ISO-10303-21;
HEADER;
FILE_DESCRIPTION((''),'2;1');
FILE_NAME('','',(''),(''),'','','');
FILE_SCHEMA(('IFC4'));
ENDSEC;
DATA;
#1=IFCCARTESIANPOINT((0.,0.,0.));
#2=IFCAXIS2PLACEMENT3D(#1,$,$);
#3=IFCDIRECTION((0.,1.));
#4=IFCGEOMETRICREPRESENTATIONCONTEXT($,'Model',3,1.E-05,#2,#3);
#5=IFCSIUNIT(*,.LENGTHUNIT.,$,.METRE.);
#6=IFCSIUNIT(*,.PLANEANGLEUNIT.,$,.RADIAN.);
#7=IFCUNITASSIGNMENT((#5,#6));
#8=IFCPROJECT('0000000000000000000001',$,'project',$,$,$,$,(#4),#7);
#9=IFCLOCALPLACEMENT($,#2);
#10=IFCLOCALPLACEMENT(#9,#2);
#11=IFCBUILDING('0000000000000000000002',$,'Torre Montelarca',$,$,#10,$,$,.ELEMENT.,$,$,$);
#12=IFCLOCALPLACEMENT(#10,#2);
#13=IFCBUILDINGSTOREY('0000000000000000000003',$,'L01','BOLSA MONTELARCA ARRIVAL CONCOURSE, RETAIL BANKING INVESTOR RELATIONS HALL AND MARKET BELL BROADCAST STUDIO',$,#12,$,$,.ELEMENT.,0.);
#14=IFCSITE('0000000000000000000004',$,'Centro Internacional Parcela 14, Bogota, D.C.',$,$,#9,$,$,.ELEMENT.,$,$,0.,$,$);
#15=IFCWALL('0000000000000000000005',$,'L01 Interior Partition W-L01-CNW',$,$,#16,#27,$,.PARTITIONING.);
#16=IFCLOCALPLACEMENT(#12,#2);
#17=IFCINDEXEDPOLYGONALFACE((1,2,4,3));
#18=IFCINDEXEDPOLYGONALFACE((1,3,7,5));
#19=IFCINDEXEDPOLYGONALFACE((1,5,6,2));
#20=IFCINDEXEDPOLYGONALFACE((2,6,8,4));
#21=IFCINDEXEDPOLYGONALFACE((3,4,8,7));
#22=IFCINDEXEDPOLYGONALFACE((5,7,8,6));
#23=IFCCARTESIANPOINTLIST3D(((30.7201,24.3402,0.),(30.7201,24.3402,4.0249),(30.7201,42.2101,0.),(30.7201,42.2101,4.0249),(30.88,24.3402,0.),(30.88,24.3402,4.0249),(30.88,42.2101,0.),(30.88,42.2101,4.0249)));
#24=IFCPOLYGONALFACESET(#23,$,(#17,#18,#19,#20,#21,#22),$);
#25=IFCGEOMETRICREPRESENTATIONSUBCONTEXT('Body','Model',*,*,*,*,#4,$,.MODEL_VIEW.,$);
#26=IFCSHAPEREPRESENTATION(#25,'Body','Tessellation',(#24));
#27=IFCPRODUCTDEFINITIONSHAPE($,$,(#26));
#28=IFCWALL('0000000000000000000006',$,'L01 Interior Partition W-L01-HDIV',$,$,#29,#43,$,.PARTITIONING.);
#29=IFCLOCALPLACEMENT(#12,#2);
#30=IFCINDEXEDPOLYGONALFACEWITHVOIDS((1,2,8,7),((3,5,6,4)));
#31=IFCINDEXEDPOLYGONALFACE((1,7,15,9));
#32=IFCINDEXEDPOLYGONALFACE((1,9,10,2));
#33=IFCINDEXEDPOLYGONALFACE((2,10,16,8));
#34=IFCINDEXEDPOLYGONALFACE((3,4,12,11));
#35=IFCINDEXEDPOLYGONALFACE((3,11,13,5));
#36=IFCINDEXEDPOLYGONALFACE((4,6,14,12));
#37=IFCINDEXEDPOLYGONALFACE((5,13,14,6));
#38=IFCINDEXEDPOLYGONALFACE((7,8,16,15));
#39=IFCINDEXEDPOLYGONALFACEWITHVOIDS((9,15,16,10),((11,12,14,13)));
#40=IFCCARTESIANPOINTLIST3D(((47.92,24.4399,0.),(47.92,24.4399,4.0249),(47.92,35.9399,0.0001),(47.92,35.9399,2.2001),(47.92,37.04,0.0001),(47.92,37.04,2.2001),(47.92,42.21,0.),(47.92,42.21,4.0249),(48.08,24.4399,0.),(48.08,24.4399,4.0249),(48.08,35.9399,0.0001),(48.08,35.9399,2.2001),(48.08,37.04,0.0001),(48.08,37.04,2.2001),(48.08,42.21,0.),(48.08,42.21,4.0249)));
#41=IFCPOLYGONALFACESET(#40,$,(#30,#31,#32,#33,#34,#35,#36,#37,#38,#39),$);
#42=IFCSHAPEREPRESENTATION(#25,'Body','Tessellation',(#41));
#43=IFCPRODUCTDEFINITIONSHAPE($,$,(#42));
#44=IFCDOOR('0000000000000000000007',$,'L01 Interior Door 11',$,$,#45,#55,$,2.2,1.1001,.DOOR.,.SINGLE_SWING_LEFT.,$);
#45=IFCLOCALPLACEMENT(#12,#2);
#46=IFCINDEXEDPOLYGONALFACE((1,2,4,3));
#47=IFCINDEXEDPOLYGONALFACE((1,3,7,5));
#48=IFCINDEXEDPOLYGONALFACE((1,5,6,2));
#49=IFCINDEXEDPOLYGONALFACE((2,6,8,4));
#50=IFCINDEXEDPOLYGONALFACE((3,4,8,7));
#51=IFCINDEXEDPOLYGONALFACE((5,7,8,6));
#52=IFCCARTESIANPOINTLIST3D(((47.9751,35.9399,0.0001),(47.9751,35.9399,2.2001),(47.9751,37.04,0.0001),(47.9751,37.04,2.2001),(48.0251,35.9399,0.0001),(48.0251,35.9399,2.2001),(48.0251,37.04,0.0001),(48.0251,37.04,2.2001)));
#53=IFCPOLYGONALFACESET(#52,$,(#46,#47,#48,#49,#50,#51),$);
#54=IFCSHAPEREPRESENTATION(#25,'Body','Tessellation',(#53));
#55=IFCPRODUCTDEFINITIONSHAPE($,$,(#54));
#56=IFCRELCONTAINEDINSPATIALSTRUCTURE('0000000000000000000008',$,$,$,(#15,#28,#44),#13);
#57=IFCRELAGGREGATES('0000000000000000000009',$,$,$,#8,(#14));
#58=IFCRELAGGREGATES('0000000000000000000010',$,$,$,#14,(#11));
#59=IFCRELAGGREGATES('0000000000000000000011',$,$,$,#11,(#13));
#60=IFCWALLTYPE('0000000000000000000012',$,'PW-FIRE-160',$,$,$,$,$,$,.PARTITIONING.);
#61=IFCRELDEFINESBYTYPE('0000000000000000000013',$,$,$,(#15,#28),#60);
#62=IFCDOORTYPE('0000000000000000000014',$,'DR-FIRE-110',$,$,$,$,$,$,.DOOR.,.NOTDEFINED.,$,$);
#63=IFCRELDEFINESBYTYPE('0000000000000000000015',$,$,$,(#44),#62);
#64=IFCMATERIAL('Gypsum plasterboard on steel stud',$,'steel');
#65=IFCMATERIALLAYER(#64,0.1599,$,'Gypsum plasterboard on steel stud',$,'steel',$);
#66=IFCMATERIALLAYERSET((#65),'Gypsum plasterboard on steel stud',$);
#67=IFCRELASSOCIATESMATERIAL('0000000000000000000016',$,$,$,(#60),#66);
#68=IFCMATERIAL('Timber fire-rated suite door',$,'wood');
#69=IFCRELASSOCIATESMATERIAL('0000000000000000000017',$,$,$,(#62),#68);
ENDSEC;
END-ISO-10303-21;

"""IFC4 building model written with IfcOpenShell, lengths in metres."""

from ifc_helpers import new_model, si_unit, direction, frame, frame_2d, origin, place, context, subcontext, project, spatial, rectangle, extrude, source, transform, mapped, material, layer, layer_set, type_object, element, fill, save


model = new_model("IFC4")

# Units and contexts
model_context = context("Model", 3, precision=1e-05, world=origin(), true_north=direction((0.0, 1.0)))
body_context = subcontext(model_context, "Body", "Model", "MODEL_VIEW")
ifc_project = project(units=[si_unit("LENGTHUNIT", "METRE"), si_unit("PLANEANGLEUNIT", "RADIAN")], contexts=[model_context])

# Site, building, storey
site_placement = place(None, origin())
site = spatial("IfcSite", under=ifc_project, at=site_placement, Name="Centro Internacional Parcela 14, Bogota, D.C.", CompositionType="ELEMENT", RefElevation=0.0)
building_placement = place(site_placement, origin())
building = spatial("IfcBuilding", under=site, at=building_placement, Name="Torre Montelarca", CompositionType="ELEMENT")
storey_placement = place(building_placement, origin())
storey = spatial("IfcBuildingStorey", under=building, at=storey_placement, Name="L01", Description="BOLSA MONTELARCA ARRIVAL CONCOURSE, RETAIL BANKING INVESTOR RELATIONS HALL AND MARKET BELL BROADCAST STUDIO", CompositionType="ELEMENT", Elevation=0.0)

# Wall
ifc_material_1 = material(Name="Gypsum plasterboard on steel stud", Category="steel")
ifc_layer = layer(ifc_material_1, 0.1599, Name="Gypsum plasterboard on steel stud", Category="steel")
ifc_layer_set = layer_set([ifc_layer], Name="Gypsum plasterboard on steel stud")
wall_type = type_object("IfcWallType", Name="PW-FIRE-160", PredefinedType="PARTITIONING", material=ifc_layer_set)
wall_1_placement = place(storey_placement, frame((30.8, 24.3401, 0.0), z_axis=(0.0, 0.0, 1.0), x_axis=(0.0, 1.0, 0.0)))
element("IfcWall", 1, at=wall_1_placement, inside=storey, type_object=wall_type, Name="L01 Interior Partition W-L01-CNW", PredefinedType="PARTITIONING", context=body_context, shape_type="SweptSolid", body=[
    extrude(rectangle(XDim=17.8699, YDim=0.1599, at=frame_2d((8.9351, 0.0))), origin(), (0.0, 0.0, 1.0), 4.0249),
])

# Wall, opening, door
wall_2_placement = place(storey_placement, frame((48.0, 24.4399, 0.0), z_axis=(0.0, 0.0, 1.0), x_axis=(0.0, 1.0, 0.0)))
wall_2 = element("IfcWall", 2, at=wall_2_placement, inside=storey, type_object=wall_type, Name="L01 Interior Partition W-L01-HDIV", PredefinedType="PARTITIONING", context=body_context, shape_type="SweptSolid", body=[
    extrude(rectangle(XDim=17.77, YDim=0.1599, at=frame_2d((8.885, 0.0))), origin(), (0.0, 0.0, 1.0), 4.0249),
])
opening_placement = place(wall_2_placement, frame((11.5, 0.0, 0.0)))
opening = element("IfcOpeningElement", 3, at=opening_placement, cuts=wall_2, PredefinedType="OPENING", context=body_context, shape_type="SweptSolid", body=[
    extrude(rectangle(XDim=1.1001, YDim=2.2, at=frame_2d((0.55, 1.1001))), frame((0.0, 0.0898, 0.0), z_axis=(0.0, -1.0, 0.0), x_axis=(1.0, 0.0, 0.0)), (0.0, 0.0, 1.0), 0.1799),
])
ifc_material_2 = material(Name="Timber fire-rated suite door", Category="wood")
door_type = type_object("IfcDoorType", Name="DR-FIRE-110", OperationType="NOTDEFINED", PredefinedType="DOOR", material=ifc_material_2)
shared_shape_1 = source(origin(), body_context, "Body", "SweptSolid", [
    extrude(rectangle(XDim=1.1001, YDim=2.2, at=frame_2d((0.55, 1.1001))), frame((0.0, 0.0249, 0.0), z_axis=(0.0, -1.0, 0.0), x_axis=(1.0, 0.0, 0.0)), (0.0, 0.0, 1.0), 0.05),
])
door_placement = place(opening_placement, origin())
door = element("IfcDoor", 4, at=door_placement, inside=storey, type_object=door_type, Name="L01 Interior Door 11", OperationType="SINGLE_SWING_LEFT", OverallHeight=2.2, OverallWidth=1.1001, PredefinedType="DOOR", context=body_context, shape_type="MappedRepresentation", body=[
    mapped(shared_shape_1, transform((0.0, 0.0, 0.0), scale=1.0)),
])
fill(opening, door)

save(model, "model.ifc")
